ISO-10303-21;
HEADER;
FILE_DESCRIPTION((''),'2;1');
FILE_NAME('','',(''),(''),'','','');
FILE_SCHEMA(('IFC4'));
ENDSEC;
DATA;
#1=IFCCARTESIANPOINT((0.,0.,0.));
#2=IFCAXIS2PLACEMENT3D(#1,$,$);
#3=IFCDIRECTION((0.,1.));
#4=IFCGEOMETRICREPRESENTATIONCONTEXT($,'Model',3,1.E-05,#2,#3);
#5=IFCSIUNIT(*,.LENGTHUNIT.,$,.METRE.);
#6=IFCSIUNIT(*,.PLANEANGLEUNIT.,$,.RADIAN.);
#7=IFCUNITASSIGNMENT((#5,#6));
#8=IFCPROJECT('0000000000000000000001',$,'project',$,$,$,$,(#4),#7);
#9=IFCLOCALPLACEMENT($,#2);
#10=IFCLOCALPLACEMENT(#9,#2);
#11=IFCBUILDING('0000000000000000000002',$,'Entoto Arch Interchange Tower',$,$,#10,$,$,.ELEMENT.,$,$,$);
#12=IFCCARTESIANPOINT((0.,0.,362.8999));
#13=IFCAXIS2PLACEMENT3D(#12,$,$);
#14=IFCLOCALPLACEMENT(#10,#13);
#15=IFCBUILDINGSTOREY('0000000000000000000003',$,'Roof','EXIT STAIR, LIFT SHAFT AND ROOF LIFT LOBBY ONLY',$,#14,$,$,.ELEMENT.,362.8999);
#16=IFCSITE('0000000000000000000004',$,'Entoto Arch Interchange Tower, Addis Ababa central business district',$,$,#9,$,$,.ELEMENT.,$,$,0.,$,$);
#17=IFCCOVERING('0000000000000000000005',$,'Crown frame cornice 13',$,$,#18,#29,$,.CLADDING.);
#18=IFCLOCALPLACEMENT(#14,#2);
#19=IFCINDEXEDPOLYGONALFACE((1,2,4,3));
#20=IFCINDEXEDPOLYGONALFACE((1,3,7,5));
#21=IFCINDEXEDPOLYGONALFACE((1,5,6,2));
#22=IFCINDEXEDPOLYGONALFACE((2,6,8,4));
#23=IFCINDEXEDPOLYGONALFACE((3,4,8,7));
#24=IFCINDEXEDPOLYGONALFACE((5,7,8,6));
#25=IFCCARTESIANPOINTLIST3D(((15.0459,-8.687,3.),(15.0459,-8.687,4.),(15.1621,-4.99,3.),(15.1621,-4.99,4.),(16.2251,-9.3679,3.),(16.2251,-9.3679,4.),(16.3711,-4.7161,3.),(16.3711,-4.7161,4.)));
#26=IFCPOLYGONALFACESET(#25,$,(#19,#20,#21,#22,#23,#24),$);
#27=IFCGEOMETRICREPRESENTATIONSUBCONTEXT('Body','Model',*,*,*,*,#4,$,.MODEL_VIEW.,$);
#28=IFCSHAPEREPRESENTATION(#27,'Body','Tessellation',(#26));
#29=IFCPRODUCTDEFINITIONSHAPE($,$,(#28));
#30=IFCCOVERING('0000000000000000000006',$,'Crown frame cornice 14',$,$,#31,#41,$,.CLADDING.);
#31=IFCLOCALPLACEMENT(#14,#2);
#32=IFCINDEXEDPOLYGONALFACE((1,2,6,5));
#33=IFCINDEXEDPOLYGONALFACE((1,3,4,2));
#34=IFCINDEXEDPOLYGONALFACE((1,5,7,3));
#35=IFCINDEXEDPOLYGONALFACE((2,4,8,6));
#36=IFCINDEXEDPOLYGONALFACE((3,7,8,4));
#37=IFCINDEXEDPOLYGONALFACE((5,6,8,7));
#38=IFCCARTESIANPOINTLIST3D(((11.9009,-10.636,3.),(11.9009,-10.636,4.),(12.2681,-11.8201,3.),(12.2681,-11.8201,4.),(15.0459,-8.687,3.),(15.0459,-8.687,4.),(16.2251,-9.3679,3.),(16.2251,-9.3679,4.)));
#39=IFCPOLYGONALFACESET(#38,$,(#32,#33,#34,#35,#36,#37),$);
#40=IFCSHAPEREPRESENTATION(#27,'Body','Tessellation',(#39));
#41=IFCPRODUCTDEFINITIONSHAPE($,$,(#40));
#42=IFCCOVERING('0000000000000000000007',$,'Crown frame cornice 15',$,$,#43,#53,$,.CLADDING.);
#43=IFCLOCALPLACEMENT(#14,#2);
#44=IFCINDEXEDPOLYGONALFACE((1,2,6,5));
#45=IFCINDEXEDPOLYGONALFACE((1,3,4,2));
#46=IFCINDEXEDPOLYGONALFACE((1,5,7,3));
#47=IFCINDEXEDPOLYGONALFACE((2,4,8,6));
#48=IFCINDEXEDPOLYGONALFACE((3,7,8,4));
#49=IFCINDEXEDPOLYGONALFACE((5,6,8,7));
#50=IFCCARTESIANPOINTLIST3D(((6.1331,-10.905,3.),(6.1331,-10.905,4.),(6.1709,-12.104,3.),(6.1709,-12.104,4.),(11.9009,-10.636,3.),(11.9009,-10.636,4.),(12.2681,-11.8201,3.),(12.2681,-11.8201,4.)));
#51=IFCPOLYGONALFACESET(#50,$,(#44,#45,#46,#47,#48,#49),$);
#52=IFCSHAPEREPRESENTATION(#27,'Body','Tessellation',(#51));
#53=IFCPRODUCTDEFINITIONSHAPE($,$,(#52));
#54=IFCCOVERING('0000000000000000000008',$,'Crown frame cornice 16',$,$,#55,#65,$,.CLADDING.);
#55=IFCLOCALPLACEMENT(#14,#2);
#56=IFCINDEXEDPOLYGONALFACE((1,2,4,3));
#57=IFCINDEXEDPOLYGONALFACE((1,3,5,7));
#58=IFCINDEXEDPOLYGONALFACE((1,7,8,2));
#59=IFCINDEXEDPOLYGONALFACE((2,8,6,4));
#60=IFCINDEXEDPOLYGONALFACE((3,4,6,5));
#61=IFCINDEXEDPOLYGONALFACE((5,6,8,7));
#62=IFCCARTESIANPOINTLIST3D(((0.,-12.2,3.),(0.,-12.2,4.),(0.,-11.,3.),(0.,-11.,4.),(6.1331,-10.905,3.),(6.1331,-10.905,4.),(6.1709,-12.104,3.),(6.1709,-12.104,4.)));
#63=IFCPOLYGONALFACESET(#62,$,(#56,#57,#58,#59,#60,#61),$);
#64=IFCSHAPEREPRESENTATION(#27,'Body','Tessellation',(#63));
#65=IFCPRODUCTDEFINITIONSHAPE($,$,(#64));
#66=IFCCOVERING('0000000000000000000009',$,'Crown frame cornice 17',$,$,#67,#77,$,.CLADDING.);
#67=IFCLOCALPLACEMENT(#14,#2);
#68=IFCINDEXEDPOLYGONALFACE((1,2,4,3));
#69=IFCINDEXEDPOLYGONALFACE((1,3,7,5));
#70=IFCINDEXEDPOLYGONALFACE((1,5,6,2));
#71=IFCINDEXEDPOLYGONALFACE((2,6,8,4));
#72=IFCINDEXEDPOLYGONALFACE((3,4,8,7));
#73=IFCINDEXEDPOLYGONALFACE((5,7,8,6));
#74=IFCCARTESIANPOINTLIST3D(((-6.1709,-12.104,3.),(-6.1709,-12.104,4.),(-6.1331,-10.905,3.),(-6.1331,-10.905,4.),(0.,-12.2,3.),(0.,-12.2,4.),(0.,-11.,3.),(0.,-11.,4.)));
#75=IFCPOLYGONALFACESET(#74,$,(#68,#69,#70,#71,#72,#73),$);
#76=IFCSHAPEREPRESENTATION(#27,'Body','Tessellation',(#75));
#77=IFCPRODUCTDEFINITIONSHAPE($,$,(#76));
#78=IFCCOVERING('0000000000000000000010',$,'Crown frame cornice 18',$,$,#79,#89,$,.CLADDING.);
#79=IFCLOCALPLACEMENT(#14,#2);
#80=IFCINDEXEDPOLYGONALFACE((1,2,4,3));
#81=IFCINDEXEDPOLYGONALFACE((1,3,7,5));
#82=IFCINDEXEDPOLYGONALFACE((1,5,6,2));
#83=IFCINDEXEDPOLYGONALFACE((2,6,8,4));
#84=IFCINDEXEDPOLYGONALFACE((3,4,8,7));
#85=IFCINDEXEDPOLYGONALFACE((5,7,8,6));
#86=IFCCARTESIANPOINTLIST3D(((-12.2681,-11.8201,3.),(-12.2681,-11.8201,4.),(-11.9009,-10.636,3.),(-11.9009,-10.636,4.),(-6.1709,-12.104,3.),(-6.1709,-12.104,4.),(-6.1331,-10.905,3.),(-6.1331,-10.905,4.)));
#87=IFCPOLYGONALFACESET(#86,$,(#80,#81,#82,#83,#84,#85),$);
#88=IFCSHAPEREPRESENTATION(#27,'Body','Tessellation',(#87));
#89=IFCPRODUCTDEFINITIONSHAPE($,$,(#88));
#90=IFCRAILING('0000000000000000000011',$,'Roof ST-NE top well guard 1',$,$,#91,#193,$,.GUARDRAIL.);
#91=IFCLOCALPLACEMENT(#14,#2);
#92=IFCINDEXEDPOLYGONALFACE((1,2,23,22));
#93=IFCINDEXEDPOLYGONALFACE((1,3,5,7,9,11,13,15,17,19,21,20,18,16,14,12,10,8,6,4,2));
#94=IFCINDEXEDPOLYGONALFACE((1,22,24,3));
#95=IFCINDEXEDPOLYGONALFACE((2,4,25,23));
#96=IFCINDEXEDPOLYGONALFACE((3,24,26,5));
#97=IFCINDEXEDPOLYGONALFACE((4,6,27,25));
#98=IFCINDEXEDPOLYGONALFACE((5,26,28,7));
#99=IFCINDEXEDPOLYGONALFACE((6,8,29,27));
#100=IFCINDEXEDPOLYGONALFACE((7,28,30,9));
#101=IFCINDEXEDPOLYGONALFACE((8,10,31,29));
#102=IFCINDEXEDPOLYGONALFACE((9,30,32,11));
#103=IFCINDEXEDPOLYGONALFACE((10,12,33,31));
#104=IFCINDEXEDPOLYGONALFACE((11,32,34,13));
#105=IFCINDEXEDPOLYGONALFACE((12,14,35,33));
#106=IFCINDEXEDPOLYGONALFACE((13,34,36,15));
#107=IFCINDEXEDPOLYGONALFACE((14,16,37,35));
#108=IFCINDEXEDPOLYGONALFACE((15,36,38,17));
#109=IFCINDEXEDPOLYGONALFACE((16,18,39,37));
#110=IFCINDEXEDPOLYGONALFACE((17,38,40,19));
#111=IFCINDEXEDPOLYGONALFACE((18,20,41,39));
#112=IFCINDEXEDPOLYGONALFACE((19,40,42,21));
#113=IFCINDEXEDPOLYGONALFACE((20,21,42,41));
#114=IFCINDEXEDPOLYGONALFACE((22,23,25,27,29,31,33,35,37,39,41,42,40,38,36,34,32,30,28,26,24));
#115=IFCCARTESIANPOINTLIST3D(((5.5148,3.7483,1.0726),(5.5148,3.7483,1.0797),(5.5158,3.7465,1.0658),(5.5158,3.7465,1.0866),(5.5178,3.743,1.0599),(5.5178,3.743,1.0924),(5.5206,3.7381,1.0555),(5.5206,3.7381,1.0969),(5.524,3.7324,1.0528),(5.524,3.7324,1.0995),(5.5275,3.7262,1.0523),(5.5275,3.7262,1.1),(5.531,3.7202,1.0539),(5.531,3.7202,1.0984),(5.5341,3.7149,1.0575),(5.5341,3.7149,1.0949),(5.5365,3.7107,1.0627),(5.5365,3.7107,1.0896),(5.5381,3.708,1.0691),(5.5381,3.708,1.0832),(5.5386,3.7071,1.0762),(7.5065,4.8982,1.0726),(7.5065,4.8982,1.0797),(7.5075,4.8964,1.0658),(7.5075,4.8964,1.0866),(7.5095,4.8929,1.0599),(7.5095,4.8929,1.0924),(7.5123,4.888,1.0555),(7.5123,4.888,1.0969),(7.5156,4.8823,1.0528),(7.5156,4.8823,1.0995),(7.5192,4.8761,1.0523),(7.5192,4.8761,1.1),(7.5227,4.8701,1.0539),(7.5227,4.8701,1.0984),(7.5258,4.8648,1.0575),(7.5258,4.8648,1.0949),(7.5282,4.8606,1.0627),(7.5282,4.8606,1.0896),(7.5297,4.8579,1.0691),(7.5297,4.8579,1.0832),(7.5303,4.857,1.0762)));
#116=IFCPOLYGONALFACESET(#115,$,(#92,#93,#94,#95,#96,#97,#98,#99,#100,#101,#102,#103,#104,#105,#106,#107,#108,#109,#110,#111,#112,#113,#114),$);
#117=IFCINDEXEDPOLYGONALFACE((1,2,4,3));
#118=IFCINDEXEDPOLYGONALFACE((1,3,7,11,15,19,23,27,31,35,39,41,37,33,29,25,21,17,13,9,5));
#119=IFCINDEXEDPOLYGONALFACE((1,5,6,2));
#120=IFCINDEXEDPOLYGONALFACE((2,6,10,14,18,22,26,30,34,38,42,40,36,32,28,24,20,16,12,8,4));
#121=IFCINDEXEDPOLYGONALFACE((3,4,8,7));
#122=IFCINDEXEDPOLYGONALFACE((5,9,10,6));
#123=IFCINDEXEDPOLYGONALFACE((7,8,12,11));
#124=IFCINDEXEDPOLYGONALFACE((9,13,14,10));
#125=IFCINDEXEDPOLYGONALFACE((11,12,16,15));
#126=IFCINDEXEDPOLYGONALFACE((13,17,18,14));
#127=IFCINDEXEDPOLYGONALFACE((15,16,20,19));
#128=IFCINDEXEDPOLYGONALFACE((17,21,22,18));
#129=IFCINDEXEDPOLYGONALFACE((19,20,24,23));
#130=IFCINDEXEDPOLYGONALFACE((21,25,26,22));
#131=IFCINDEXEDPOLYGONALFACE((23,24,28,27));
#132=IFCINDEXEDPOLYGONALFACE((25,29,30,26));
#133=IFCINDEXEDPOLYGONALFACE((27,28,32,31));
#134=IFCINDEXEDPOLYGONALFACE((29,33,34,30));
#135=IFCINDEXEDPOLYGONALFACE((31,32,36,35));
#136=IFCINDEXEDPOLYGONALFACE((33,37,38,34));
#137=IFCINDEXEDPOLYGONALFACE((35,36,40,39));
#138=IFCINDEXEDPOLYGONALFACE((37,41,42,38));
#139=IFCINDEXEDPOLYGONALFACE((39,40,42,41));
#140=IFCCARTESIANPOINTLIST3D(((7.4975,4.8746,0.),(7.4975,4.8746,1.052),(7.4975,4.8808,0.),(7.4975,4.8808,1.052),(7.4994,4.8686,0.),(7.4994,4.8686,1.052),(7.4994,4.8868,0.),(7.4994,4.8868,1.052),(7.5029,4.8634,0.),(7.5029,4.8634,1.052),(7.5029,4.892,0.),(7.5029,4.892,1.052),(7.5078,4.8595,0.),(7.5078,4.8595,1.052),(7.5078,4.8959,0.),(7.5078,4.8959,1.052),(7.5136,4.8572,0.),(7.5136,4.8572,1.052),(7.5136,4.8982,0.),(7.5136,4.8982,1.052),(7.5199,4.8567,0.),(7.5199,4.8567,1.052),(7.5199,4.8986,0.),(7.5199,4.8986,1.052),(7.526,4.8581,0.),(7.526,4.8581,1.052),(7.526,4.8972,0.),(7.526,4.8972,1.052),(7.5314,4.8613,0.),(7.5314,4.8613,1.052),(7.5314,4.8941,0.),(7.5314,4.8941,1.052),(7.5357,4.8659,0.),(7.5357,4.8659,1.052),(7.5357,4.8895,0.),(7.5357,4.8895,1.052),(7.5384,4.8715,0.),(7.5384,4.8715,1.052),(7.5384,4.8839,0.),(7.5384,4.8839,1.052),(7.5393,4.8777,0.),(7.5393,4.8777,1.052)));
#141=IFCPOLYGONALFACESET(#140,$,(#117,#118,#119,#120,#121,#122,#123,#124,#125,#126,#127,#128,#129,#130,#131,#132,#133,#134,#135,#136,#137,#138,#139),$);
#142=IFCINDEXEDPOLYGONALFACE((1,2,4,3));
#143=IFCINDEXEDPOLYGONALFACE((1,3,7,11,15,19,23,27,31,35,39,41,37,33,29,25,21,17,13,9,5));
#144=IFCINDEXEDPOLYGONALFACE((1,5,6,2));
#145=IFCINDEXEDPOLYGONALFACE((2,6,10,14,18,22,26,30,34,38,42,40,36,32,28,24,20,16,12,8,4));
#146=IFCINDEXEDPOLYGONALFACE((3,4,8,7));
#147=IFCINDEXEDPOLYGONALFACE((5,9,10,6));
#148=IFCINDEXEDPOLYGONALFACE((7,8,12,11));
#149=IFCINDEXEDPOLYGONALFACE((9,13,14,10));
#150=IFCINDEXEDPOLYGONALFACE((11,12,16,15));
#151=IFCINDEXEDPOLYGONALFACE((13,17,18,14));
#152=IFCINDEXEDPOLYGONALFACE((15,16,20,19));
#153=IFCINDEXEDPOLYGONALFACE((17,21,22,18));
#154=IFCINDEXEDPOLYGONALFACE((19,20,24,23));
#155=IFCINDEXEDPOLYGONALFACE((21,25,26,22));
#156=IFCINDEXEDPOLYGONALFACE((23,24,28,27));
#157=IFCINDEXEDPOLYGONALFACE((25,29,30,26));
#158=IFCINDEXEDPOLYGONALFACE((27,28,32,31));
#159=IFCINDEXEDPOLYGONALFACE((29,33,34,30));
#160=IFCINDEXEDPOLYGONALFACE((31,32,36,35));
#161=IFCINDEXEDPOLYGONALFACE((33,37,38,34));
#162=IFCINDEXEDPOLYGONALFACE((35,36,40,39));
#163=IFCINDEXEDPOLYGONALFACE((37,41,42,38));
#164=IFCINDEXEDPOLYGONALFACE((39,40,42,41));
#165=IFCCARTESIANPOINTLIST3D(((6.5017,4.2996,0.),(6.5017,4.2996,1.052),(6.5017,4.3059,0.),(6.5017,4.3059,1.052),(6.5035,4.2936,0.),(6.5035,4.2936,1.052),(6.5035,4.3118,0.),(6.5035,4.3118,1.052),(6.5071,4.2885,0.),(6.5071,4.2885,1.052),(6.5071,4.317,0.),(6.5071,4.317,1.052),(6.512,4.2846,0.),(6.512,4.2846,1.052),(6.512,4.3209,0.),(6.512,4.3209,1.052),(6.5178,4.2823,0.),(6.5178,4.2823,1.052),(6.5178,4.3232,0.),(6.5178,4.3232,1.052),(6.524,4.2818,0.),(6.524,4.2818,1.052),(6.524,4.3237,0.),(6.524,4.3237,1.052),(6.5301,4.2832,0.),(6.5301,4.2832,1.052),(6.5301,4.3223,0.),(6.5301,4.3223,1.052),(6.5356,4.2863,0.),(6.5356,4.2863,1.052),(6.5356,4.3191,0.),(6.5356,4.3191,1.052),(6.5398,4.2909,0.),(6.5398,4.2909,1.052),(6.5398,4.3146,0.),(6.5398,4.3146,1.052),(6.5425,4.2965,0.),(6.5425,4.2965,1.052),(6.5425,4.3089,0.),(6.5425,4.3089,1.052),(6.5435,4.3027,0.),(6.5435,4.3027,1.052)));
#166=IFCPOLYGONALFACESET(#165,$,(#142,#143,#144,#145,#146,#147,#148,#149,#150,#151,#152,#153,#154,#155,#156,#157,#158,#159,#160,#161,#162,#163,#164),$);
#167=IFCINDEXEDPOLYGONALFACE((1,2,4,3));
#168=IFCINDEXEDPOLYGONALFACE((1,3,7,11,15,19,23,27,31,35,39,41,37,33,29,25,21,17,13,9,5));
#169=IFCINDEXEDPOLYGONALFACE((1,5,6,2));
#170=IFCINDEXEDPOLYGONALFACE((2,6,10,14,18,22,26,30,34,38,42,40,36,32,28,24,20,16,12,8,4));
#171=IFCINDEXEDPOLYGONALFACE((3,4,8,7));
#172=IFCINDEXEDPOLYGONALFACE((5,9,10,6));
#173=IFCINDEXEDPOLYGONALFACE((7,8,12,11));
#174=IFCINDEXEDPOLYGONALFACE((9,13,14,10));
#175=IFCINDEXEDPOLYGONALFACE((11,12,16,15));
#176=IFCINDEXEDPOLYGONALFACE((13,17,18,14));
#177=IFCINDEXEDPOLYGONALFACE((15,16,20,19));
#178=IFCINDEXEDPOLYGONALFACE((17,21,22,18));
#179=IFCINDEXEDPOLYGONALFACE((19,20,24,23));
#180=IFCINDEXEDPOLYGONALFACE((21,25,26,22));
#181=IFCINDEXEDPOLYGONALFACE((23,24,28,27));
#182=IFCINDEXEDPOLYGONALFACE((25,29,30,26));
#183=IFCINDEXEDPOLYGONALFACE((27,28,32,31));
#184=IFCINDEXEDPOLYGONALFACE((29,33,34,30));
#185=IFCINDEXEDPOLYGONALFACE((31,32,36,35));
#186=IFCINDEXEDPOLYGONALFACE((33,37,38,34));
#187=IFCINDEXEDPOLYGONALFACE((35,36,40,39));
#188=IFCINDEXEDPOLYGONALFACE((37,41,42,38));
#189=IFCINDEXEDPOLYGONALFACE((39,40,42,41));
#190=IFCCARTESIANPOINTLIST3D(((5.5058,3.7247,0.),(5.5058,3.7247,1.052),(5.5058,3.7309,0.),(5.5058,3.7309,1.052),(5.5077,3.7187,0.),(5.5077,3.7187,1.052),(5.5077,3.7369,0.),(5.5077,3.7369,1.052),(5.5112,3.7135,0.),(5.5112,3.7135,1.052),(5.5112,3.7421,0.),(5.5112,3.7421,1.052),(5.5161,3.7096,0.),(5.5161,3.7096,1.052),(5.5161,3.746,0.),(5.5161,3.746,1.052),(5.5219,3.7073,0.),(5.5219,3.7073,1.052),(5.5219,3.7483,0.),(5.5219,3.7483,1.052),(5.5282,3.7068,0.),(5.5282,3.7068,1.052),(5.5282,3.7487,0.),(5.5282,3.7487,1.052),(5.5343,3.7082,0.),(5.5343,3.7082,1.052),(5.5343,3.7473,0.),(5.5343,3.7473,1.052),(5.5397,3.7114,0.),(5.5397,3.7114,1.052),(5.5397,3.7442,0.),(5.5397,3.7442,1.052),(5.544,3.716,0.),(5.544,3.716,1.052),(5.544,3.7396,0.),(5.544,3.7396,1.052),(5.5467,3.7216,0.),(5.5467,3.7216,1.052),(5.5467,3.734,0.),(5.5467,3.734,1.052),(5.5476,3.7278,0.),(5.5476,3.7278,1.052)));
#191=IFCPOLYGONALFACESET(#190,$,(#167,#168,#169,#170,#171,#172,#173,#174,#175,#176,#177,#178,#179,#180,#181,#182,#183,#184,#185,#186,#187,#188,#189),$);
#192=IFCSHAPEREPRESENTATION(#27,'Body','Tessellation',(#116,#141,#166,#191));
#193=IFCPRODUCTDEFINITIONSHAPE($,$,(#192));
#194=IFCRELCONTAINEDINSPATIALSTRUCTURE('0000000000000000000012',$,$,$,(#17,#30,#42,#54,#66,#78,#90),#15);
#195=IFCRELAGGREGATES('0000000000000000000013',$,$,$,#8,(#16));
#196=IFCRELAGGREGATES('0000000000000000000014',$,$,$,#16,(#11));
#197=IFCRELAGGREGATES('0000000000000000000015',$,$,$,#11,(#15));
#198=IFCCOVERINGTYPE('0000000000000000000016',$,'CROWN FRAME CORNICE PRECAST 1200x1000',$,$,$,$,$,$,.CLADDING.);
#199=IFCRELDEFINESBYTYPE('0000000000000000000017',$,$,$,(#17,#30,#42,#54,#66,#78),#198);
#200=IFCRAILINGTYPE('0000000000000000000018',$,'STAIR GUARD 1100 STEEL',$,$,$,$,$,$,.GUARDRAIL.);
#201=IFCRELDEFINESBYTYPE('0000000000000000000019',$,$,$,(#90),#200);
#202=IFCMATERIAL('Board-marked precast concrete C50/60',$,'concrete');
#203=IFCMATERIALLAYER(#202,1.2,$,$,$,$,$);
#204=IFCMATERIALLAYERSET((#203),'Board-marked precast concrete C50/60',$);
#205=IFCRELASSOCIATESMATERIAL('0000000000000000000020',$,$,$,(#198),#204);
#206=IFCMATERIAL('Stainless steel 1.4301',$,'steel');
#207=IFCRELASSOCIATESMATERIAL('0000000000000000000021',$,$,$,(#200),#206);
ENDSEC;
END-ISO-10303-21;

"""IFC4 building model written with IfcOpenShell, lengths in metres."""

from ifc_helpers import new_model, si_unit, direction, frame, origin, origin_2d, place, context, subcontext, project, spatial, polyline, circle, outline, extrude, material, layer, layer_set, type_object, element, save


model = new_model("IFC4")

# Units and contexts
model_context = context("Model", 3, precision=1e-05, world=origin(), true_north=direction((0.0, 1.0)))
body_context = subcontext(model_context, "Body", "Model", "MODEL_VIEW")
ifc_project = project(units=[si_unit("LENGTHUNIT", "METRE"), si_unit("PLANEANGLEUNIT", "RADIAN")], contexts=[model_context])

# Site, building, storey
site_placement = place(None, origin())
site = spatial("IfcSite", under=ifc_project, at=site_placement, Name="Entoto Arch Interchange Tower, Addis Ababa central business district", CompositionType="ELEMENT", RefElevation=0.0)
building_placement = place(site_placement, origin())
building = spatial("IfcBuilding", under=site, at=building_placement, Name="Entoto Arch Interchange Tower", CompositionType="ELEMENT")
storey_placement = place(building_placement, frame((0.0, 0.0, 362.8999)))
storey = spatial("IfcBuildingStorey", under=building, at=storey_placement, Name="Roof", Description="EXIT STAIR, LIFT SHAFT AND ROOF LIFT LOBBY ONLY", CompositionType="ELEMENT", Elevation=362.8999)

# Shared definitions
ifc_material_1 = material(Name="Board-marked precast concrete C50/60", Category="concrete")

# Coverings
ifc_layer_1 = layer(ifc_material_1, 1.2)
ifc_layer_set_1 = layer_set([ifc_layer_1], Name="Board-marked precast concrete C50/60")
covering_type = type_object("IfcCoveringType", Name="CROWN FRAME CORNICE PRECAST 1200x1000", PredefinedType="CLADDING", material=ifc_layer_set_1)
covering_1_placement = place(storey_placement, frame((0.0, 0.0, 3.0)))
element("IfcCovering", 1, at=covering_1_placement, inside=storey, type_object=covering_type, Name="Crown frame cornice 13", PredefinedType="CLADDING", context=body_context, shape_type="SweptSolid", body=[
    extrude(outline(polyline([(16.3711, -4.7161), (16.2251, -9.3679), (15.0459, -8.687), (15.1621, -4.99), (16.3711, -4.7161)])), origin(), (0.0, 0.0, 1.0), 1.0),
])
covering_2_placement = place(storey_placement, frame((0.0, 0.0, 3.0)))
element("IfcCovering", 2, at=covering_2_placement, inside=storey, type_object=covering_type, Name="Crown frame cornice 14", PredefinedType="CLADDING", context=body_context, shape_type="SweptSolid", body=[
    extrude(outline(polyline([(16.2251, -9.3679), (12.2681, -11.8201), (11.9009, -10.636), (15.0459, -8.687), (16.2251, -9.3679)])), origin(), (0.0, 0.0, 1.0), 1.0),
])
covering_3_placement = place(storey_placement, frame((0.0, 0.0, 3.0)))
element("IfcCovering", 3, at=covering_3_placement, inside=storey, type_object=covering_type, Name="Crown frame cornice 15", PredefinedType="CLADDING", context=body_context, shape_type="SweptSolid", body=[
    extrude(outline(polyline([(12.2681, -11.8201), (6.1709, -12.104), (6.1331, -10.905), (11.9009, -10.636), (12.2681, -11.8201)])), origin(), (0.0, 0.0, 1.0), 1.0),
])
covering_4_placement = place(storey_placement, frame((0.0, 0.0, 3.0)))
element("IfcCovering", 4, at=covering_4_placement, inside=storey, type_object=covering_type, Name="Crown frame cornice 16", PredefinedType="CLADDING", context=body_context, shape_type="SweptSolid", body=[
    extrude(outline(polyline([(6.1709, -12.104), (0.0, -12.2), (0.0, -11.0), (6.1331, -10.905), (6.1709, -12.104)])), origin(), (0.0, 0.0, 1.0), 1.0),
])
covering_5_placement = place(storey_placement, frame((0.0, 0.0, 3.0)))
element("IfcCovering", 5, at=covering_5_placement, inside=storey, type_object=covering_type, Name="Crown frame cornice 17", PredefinedType="CLADDING", context=body_context, shape_type="SweptSolid", body=[
    extrude(outline(polyline([(0.0, -12.2), (-6.1709, -12.104), (-6.1331, -10.905), (0.0, -11.0), (0.0, -12.2)])), origin(), (0.0, 0.0, 1.0), 1.0),
])
covering_6_placement = place(storey_placement, frame((0.0, 0.0, 3.0)))
element("IfcCovering", 6, at=covering_6_placement, inside=storey, type_object=covering_type, Name="Crown frame cornice 18", PredefinedType="CLADDING", context=body_context, shape_type="SweptSolid", body=[
    extrude(outline(polyline([(-6.1709, -12.104), (-12.2681, -11.8201), (-11.9009, -10.636), (-6.1331, -10.905), (-6.1709, -12.104)])), origin(), (0.0, 0.0, 1.0), 1.0),
])

# Railing
ifc_material_2 = material(Name="Stainless steel 1.4301", Category="steel")
railing_type = type_object("IfcRailingType", Name="STAIR GUARD 1100 STEEL", PredefinedType="GUARDRAIL", material=ifc_material_2)
railing_placement = place(storey_placement, frame((7.5183, 4.8777, 0.0)))
element("IfcRailing", 7, at=railing_placement, inside=storey, type_object=railing_type, Name="Roof ST-NE top well guard 1", PredefinedType="GUARDRAIL", context=body_context, shape_type="SweptSolid", body=[
    extrude(circle(Radius=0.0239, at=origin_2d()), frame((0.0, 0.0, 1.0762), z_axis=(-0.866026, -0.499998, 0.0), x_axis=(0.499998, -0.866026, 0.0)), (0.0, 0.0, 1.0), 2.2998),
    extrude(circle(Radius=0.021, at=origin_2d()), origin(), (0.0, 0.0, 1.0), 1.052),
    extrude(circle(Radius=0.021, at=origin_2d()), frame((-0.9958, -0.575, 0.0)), (0.0, 0.0, 1.0), 1.052),
    extrude(circle(Radius=0.021, at=origin_2d()), frame((-1.9917, -1.1499, 0.0)), (0.0, 0.0, 1.0), 1.052),
])

save(model, "model.ifc")
